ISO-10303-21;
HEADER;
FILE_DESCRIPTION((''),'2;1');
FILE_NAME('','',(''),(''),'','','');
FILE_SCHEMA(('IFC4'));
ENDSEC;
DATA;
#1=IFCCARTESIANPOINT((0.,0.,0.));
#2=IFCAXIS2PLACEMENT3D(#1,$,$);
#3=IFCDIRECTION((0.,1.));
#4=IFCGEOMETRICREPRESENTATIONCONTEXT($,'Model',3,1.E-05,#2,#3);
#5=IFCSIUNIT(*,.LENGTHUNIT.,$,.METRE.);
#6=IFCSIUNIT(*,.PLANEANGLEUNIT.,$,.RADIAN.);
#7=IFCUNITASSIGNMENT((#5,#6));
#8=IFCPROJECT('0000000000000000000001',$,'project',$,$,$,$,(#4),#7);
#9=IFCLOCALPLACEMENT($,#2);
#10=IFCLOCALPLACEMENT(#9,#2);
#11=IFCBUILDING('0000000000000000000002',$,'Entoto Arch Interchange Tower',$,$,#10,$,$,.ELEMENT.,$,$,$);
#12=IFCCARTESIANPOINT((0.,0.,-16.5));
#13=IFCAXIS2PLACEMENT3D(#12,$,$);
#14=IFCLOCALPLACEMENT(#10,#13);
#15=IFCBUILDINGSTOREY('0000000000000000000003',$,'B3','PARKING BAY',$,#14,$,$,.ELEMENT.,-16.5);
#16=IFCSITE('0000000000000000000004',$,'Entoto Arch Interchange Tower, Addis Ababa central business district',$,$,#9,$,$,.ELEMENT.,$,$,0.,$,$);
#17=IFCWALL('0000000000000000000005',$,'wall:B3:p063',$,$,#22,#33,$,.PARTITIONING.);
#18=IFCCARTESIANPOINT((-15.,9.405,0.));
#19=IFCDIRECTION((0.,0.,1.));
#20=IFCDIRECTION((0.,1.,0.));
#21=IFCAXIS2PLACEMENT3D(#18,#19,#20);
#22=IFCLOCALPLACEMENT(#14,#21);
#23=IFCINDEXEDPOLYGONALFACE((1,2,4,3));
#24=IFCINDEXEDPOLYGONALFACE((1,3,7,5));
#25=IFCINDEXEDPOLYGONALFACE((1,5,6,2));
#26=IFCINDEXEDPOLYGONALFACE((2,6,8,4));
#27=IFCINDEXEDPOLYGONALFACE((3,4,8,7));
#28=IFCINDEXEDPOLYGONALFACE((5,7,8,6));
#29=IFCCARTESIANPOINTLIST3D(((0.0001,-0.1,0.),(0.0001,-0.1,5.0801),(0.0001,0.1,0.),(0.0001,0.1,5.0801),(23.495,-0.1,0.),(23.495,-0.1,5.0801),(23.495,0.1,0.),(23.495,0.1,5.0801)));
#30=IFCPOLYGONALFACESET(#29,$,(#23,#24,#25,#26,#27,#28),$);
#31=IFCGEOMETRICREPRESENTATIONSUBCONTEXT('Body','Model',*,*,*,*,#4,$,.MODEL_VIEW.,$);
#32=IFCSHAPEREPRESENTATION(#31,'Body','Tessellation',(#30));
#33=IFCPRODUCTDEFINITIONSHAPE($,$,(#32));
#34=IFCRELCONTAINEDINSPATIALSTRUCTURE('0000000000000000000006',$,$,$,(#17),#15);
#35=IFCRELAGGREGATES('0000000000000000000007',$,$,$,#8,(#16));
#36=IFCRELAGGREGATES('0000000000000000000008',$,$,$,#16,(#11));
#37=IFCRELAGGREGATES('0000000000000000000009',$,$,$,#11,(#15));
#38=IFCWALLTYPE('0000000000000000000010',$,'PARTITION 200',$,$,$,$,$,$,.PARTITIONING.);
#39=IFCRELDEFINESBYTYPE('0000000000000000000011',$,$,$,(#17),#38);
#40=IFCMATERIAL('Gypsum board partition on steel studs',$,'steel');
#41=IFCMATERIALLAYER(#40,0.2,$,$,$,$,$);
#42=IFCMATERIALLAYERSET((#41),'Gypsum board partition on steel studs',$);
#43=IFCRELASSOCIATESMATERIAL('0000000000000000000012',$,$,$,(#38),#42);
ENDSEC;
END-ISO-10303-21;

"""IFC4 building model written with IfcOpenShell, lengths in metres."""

from ifc_helpers import new_model, si_unit, direction, frame, frame_2d, origin, place, context, subcontext, project, spatial, rectangle, extrude, material, layer, layer_set, type_object, element, save


model = new_model("IFC4")

# Units and contexts
model_context = context("Model", 3, precision=1e-05, world=origin(), true_north=direction((0.0, 1.0)))
body_context = subcontext(model_context, "Body", "Model", "MODEL_VIEW")
ifc_project = project(units=[si_unit("LENGTHUNIT", "METRE"), si_unit("PLANEANGLEUNIT", "RADIAN")], contexts=[model_context])

# Site, building, storey
site_placement = place(None, origin())
site = spatial("IfcSite", under=ifc_project, at=site_placement, Name="Entoto Arch Interchange Tower, Addis Ababa central business district", CompositionType="ELEMENT", RefElevation=0.0)
building_placement = place(site_placement, origin())
building = spatial("IfcBuilding", under=site, at=building_placement, Name="Entoto Arch Interchange Tower", CompositionType="ELEMENT")
storey_placement = place(building_placement, frame((0.0, 0.0, -16.5)))
storey = spatial("IfcBuildingStorey", under=building, at=storey_placement, Name="B3", Description="PARKING BAY", CompositionType="ELEMENT", Elevation=-16.5)

# Wall
ifc_material_1 = material(Name="Gypsum board partition on steel studs", Category="steel")
ifc_layer_1 = layer(ifc_material_1, 0.2)
ifc_layer_set_1 = layer_set([ifc_layer_1], Name="Gypsum board partition on steel studs")
wall_type_1 = type_object("IfcWallType", Name="PARTITION 200", PredefinedType="PARTITIONING", material=ifc_layer_set_1)
wall_1_placement = place(storey_placement, frame((-15.0, 9.405, 0.0), z_axis=(0.0, 0.0, 1.0), x_axis=(0.0, 1.0, 0.0)))
element("IfcWall", 1, at=wall_1_placement, inside=storey, type_object=wall_type_1, Name="wall:B3:p063", PredefinedType="PARTITIONING", context=body_context, shape_type="SweptSolid", body=[
    extrude(rectangle(XDim=23.4949, YDim=0.2, at=frame_2d((11.7476, 0.0))), origin(), (0.0, 0.0, 1.0), 5.0801),
])

save(model, "model.ifc")
